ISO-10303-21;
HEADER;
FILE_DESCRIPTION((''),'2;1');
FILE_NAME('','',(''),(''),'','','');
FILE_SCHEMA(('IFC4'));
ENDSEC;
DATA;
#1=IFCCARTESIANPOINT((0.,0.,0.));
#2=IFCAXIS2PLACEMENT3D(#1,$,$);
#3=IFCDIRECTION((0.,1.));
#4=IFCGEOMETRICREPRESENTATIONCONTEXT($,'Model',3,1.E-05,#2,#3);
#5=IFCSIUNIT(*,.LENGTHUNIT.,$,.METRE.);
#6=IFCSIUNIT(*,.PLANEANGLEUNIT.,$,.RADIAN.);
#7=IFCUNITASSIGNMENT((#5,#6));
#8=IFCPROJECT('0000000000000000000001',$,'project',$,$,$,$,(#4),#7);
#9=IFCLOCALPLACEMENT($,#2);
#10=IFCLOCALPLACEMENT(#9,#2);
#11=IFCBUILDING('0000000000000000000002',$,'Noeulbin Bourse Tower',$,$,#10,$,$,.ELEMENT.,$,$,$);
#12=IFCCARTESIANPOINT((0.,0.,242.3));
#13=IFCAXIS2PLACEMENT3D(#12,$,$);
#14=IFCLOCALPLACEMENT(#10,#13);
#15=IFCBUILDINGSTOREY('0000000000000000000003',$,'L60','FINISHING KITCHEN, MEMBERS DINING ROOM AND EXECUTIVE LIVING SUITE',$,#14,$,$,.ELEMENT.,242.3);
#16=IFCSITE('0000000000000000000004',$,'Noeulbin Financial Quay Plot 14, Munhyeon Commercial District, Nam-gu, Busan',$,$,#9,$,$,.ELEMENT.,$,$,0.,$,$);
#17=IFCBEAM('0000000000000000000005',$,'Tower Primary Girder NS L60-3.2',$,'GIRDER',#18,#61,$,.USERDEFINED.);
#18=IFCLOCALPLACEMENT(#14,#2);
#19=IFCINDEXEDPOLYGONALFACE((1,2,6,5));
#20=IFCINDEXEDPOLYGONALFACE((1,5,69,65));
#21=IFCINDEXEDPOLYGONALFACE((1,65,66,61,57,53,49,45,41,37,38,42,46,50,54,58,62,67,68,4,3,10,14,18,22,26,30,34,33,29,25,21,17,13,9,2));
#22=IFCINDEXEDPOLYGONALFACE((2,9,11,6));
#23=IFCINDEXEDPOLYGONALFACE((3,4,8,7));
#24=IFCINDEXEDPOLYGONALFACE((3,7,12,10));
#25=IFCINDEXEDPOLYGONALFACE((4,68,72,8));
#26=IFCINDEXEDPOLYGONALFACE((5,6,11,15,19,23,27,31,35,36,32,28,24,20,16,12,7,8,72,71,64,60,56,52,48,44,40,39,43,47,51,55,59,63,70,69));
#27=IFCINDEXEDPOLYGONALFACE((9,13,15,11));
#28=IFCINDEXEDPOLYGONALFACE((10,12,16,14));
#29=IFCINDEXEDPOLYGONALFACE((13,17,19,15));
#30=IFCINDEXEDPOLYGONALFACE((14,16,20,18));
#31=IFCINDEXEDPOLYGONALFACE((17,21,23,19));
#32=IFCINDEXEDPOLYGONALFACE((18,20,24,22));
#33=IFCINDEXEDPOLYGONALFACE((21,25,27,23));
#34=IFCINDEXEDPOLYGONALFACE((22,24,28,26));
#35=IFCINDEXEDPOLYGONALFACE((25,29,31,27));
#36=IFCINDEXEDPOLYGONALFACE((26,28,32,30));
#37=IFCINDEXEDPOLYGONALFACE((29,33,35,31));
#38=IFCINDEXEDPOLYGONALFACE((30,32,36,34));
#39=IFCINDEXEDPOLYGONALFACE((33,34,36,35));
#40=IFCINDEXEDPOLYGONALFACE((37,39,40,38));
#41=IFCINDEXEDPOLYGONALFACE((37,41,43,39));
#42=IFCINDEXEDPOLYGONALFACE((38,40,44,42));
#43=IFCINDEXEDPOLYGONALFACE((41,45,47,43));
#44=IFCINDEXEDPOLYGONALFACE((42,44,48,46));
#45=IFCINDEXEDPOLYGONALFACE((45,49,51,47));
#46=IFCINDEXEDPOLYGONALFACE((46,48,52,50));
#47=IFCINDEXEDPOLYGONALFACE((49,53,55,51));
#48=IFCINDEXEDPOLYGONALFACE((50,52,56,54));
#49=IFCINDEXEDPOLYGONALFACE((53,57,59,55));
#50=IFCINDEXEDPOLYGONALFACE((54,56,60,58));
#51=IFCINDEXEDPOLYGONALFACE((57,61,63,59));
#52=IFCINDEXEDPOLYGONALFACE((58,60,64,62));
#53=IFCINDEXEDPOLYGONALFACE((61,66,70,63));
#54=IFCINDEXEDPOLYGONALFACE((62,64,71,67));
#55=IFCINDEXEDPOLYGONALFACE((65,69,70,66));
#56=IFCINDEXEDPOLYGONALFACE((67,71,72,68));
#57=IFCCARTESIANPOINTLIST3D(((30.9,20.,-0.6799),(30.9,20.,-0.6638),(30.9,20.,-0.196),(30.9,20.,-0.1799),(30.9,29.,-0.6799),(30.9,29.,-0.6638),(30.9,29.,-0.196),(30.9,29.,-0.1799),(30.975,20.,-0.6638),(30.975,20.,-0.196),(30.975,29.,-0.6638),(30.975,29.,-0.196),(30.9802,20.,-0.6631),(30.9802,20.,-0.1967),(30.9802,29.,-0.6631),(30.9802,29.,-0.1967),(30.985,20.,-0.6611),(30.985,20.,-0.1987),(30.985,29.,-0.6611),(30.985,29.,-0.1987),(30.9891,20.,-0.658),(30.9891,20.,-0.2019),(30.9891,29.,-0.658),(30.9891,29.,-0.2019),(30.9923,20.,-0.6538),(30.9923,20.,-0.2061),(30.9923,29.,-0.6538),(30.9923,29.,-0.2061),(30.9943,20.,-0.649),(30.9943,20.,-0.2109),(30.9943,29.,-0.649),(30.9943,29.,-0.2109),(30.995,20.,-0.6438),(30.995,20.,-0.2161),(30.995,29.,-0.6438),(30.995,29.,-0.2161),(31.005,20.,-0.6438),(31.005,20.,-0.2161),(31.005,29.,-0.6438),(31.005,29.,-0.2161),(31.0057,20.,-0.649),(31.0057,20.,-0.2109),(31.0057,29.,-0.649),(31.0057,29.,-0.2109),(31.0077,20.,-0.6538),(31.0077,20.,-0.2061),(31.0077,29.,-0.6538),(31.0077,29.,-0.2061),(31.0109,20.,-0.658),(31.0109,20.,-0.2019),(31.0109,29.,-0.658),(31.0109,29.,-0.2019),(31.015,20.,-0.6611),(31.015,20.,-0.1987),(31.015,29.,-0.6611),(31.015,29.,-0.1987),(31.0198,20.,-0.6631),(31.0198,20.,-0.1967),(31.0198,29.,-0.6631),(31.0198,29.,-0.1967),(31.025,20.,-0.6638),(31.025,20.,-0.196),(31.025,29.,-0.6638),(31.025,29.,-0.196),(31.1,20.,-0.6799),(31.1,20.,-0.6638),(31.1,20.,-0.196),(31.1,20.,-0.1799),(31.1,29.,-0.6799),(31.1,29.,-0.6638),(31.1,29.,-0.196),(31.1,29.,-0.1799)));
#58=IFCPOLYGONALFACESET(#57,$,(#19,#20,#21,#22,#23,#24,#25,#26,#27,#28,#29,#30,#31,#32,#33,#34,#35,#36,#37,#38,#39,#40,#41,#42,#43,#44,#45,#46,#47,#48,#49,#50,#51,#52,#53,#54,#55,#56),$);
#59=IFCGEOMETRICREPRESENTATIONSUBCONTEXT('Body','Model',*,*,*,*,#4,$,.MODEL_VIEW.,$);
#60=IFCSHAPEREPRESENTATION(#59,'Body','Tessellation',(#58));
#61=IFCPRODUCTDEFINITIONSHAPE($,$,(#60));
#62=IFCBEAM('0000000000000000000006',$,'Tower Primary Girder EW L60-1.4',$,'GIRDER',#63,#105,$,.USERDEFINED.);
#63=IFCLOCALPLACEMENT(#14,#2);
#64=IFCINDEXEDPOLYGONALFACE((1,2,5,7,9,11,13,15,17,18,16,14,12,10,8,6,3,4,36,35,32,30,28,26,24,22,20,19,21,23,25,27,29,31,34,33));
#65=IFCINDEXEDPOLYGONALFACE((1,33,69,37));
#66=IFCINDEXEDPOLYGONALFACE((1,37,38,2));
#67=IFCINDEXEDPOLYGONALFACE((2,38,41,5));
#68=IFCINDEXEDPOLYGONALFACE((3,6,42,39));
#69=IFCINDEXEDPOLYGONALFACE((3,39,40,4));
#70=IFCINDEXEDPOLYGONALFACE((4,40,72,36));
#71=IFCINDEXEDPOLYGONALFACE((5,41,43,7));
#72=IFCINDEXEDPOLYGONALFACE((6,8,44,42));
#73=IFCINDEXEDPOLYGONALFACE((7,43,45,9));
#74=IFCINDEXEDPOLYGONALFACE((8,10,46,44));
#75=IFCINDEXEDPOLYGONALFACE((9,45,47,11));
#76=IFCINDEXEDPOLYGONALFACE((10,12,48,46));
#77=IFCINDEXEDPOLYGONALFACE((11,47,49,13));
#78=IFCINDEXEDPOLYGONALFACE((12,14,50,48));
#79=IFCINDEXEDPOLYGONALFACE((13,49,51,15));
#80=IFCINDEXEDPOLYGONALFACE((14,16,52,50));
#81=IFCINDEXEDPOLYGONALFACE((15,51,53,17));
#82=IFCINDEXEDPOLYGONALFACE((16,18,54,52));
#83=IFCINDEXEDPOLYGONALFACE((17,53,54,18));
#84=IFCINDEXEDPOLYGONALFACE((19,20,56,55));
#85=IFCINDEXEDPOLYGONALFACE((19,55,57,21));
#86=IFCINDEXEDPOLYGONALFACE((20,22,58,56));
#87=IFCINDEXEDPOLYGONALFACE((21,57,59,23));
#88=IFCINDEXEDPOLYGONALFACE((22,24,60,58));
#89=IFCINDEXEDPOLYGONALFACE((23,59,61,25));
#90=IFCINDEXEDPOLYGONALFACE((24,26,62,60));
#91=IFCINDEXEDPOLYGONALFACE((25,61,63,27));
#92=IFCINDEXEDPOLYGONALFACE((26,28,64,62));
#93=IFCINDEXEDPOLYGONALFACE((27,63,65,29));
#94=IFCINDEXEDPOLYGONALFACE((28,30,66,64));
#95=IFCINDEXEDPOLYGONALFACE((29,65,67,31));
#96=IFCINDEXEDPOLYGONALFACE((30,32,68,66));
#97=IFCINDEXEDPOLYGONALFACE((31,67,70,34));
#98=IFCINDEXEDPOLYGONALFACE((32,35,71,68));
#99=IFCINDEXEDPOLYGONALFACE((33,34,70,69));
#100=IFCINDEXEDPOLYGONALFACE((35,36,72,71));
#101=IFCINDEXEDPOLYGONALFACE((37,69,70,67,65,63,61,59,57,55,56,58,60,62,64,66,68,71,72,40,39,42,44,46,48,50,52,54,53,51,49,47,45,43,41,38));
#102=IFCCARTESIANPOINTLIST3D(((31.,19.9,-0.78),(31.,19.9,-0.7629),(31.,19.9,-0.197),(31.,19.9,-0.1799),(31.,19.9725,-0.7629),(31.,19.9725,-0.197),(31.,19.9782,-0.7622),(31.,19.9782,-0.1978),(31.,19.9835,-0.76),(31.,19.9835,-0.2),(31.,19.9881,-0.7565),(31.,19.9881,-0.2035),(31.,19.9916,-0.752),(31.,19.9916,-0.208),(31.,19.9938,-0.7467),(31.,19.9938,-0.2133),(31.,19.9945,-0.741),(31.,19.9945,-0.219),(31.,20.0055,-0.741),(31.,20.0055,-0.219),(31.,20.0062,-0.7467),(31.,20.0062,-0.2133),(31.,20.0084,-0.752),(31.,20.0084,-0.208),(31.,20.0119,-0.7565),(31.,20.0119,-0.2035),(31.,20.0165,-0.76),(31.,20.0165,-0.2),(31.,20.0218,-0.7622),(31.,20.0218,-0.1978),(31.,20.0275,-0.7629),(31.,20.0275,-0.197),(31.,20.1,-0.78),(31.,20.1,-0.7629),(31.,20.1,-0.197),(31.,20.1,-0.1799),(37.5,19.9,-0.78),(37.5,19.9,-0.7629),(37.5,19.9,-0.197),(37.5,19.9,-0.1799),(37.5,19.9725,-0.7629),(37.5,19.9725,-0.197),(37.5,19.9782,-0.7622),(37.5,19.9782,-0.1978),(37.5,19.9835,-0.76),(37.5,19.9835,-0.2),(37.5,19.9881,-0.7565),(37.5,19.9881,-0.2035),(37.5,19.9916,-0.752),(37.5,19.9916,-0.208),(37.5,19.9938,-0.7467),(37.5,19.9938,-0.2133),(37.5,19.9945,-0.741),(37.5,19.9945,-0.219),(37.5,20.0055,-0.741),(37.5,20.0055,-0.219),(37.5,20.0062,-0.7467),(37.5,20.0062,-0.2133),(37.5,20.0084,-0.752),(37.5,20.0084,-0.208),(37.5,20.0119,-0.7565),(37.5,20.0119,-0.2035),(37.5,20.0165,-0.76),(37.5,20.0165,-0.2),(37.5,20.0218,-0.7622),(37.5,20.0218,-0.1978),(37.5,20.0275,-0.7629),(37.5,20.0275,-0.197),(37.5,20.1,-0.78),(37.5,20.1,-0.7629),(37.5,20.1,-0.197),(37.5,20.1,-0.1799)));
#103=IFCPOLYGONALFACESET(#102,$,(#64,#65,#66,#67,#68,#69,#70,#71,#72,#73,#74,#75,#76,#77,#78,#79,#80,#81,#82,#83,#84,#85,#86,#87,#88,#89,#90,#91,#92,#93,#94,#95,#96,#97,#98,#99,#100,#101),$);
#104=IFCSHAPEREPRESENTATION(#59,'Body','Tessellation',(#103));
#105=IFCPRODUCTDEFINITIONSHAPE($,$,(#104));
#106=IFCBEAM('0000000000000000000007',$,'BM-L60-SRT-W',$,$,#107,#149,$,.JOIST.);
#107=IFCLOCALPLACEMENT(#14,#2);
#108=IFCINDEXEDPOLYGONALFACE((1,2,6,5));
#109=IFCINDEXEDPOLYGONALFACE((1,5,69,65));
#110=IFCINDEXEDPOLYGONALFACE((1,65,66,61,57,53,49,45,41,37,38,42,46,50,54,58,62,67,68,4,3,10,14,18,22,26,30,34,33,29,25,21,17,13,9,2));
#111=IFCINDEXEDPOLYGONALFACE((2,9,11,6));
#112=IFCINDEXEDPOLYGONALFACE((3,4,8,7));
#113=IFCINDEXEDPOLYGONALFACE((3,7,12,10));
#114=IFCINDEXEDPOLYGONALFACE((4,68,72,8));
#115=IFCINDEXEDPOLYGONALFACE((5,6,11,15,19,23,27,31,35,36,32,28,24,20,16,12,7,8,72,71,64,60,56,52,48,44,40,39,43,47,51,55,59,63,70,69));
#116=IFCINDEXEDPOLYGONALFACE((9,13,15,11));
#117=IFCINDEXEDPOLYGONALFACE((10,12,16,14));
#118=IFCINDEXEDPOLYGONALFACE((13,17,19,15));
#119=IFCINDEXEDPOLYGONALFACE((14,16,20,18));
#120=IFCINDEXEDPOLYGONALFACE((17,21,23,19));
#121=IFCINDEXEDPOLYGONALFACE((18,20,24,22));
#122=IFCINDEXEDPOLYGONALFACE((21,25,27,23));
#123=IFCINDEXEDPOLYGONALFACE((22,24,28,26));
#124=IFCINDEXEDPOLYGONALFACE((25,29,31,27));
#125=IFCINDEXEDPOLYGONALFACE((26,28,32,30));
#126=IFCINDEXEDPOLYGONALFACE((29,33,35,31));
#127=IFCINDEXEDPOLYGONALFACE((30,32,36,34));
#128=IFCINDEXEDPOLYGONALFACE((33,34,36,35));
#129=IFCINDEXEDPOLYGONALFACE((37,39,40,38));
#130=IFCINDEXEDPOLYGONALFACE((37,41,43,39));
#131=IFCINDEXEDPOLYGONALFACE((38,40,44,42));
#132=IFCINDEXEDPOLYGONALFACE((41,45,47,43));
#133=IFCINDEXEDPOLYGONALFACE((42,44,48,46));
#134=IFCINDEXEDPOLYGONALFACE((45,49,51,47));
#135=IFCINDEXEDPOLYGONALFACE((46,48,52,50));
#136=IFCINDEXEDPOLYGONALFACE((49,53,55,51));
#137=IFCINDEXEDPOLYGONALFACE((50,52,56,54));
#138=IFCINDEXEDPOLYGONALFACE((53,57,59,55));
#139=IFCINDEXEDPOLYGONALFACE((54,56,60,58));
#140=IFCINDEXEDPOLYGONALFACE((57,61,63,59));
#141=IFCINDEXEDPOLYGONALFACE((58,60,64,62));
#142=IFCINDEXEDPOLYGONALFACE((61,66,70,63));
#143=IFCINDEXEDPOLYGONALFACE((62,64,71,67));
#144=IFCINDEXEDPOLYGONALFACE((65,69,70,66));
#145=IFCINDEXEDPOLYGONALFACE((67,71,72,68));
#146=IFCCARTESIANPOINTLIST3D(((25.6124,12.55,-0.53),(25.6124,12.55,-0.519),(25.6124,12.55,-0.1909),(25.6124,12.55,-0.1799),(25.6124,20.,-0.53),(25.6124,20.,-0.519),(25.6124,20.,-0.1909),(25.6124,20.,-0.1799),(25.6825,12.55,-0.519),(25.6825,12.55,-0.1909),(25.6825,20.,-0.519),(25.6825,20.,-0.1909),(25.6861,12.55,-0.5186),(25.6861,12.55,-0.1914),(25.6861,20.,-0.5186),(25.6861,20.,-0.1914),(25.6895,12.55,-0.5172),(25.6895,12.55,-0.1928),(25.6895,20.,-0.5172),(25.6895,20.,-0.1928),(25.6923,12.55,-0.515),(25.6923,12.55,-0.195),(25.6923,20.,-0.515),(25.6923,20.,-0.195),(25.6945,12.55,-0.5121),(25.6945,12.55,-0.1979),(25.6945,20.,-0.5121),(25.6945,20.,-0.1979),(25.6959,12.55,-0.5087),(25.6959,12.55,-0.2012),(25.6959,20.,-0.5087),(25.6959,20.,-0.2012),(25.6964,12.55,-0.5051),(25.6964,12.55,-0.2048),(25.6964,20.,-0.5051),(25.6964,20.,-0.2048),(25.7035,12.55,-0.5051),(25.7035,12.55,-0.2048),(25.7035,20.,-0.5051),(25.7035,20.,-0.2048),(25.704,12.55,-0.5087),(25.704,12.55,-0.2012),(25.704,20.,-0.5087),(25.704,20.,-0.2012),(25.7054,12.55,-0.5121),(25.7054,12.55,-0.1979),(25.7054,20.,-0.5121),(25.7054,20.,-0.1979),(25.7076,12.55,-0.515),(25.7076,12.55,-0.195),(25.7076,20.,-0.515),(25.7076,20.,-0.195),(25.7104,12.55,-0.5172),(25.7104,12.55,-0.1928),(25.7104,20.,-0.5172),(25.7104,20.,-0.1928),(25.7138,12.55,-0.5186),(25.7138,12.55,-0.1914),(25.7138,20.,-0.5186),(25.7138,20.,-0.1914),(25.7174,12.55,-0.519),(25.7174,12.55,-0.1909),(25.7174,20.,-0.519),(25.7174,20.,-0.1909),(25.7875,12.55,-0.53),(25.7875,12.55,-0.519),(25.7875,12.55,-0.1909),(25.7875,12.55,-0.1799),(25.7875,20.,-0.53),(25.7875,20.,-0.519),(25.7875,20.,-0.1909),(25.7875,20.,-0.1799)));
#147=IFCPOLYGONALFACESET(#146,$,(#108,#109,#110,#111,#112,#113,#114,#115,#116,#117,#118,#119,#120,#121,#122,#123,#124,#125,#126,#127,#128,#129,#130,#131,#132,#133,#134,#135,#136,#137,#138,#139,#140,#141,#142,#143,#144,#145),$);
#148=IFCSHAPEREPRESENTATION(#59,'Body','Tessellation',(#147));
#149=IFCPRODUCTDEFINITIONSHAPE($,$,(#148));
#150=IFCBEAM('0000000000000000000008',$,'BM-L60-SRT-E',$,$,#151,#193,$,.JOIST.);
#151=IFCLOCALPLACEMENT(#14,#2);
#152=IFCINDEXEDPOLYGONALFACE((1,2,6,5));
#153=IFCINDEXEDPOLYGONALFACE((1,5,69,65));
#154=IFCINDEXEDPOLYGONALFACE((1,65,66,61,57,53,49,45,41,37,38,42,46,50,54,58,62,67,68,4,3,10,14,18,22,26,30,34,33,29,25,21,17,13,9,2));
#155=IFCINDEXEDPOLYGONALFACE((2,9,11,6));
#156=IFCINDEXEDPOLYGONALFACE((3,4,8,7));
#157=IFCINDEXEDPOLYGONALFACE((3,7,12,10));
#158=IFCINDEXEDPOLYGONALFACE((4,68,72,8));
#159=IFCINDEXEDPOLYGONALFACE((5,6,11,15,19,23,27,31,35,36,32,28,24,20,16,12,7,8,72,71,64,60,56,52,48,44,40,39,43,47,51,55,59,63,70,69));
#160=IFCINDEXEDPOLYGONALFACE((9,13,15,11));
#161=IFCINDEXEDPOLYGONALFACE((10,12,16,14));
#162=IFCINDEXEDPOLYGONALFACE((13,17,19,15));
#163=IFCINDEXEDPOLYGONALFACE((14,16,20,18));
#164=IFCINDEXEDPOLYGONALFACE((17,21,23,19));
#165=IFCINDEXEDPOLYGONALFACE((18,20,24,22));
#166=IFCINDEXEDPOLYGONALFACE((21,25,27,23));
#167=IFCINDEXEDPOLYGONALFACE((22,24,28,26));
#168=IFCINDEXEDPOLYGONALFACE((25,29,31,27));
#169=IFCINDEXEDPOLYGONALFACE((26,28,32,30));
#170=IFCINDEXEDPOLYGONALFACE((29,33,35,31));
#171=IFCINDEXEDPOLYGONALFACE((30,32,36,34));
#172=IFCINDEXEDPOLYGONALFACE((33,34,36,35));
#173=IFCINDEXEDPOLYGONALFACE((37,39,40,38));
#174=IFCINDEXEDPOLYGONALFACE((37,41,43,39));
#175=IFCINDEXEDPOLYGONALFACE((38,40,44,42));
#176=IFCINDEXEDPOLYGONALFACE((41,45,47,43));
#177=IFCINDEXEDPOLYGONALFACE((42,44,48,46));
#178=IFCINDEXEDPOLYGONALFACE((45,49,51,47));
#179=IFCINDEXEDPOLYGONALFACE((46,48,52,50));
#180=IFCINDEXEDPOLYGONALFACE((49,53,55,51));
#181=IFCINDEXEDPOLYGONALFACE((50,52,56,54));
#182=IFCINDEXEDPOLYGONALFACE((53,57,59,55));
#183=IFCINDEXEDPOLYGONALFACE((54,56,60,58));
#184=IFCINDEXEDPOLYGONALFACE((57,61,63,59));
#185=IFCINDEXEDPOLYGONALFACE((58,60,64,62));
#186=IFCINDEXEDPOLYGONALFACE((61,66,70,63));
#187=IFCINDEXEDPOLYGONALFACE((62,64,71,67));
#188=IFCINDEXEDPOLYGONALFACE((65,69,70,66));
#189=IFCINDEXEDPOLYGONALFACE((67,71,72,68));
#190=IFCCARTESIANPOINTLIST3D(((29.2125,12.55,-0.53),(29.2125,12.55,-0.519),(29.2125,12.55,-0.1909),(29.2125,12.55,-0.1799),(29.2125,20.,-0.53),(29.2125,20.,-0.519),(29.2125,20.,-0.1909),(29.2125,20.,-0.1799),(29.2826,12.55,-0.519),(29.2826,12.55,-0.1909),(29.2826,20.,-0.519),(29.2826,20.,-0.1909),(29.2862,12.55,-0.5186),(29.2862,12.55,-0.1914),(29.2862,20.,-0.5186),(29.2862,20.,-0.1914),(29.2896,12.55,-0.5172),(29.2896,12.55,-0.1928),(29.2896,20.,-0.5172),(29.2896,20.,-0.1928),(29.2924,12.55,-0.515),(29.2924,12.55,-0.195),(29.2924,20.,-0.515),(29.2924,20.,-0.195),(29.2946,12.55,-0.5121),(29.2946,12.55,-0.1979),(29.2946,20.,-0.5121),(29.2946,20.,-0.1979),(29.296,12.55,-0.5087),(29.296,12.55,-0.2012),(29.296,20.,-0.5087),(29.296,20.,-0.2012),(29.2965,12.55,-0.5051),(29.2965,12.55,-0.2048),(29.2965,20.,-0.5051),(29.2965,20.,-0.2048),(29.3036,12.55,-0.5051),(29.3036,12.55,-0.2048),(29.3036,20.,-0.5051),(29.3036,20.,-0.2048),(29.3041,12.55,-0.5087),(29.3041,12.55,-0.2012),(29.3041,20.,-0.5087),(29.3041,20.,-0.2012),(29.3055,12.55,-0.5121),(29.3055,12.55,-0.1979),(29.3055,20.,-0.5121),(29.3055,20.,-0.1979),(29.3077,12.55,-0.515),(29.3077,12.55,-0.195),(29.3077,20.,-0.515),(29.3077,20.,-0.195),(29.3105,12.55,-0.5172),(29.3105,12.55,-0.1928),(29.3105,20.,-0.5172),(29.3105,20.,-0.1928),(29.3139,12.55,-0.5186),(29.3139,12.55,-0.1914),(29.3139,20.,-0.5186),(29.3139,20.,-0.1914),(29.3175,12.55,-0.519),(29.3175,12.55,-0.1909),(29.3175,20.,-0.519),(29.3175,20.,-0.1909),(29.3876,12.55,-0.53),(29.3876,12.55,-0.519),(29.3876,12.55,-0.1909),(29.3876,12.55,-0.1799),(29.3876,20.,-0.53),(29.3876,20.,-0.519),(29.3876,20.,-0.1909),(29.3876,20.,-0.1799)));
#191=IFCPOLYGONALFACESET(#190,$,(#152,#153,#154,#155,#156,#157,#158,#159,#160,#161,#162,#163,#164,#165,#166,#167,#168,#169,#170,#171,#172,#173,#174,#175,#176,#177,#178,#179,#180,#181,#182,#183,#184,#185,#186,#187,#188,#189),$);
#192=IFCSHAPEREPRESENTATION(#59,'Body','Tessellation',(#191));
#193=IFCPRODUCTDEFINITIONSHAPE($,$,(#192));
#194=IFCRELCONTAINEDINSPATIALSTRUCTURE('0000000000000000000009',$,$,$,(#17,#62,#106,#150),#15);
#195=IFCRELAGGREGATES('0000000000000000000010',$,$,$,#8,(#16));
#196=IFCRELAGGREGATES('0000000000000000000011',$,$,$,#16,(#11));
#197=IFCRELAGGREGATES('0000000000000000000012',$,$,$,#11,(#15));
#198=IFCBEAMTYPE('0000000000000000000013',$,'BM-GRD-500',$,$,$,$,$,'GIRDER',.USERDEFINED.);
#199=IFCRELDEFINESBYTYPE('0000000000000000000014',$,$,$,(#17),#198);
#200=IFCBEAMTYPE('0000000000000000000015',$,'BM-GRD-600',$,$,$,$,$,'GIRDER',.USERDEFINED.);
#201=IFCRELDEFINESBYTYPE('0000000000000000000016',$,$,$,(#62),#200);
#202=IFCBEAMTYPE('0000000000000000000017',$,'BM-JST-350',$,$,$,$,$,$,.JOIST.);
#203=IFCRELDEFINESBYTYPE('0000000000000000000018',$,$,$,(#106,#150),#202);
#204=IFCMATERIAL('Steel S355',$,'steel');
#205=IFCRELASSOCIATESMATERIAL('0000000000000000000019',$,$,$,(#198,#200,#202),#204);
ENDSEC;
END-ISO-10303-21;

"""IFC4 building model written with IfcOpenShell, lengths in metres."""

from ifc_helpers import new_model, si_unit, direction, frame, origin, origin_2d, place, context, subcontext, project, spatial, i_section, extrude, material, material_profile, profile_set, type_object, element, save


model = new_model("IFC4")

# Units and contexts
model_context = context("Model", 3, precision=1e-05, world=origin(), true_north=direction((0.0, 1.0)))
body_context = subcontext(model_context, "Body", "Model", "MODEL_VIEW")
ifc_project = project(units=[si_unit("LENGTHUNIT", "METRE"), si_unit("PLANEANGLEUNIT", "RADIAN")], contexts=[model_context])

# Site, building, storey
site_placement = place(None, origin())
site = spatial("IfcSite", under=ifc_project, at=site_placement, Name="Noeulbin Financial Quay Plot 14, Munhyeon Commercial District, Nam-gu, Busan", CompositionType="ELEMENT", RefElevation=0.0)
building_placement = place(site_placement, origin())
building = spatial("IfcBuilding", under=site, at=building_placement, Name="Noeulbin Bourse Tower", CompositionType="ELEMENT")
storey_placement = place(building_placement, frame((0.0, 0.0, 242.3)))
storey = spatial("IfcBuildingStorey", under=building, at=storey_placement, Name="L60", Description="FINISHING KITCHEN, MEMBERS DINING ROOM AND EXECUTIVE LIVING SUITE", CompositionType="ELEMENT", Elevation=242.3)

# Shared definitions
ifc_material_1 = material(Name="Steel S355", Category="steel")

# Beams
ifc_material_profile_1 = material_profile(ifc_material_1, i_section(OverallWidth=0.2, OverallDepth=0.5, WebThickness=0.01, FlangeThickness=0.0161, FilletRadius=0.02, at=origin_2d()), Name="H-500x200x10x16", Category="LoadBearing")
ifc_profile_set_1 = profile_set([ifc_material_profile_1], Name="Steel S355")
beam_type_1 = type_object("IfcBeamType", Name="BM-GRD-500", ElementType="GIRDER", PredefinedType="USERDEFINED", material=ifc_profile_set_1)
beam_1_placement = place(storey_placement, frame((31.0, 20.0, -0.4299), z_axis=(0.0, 1.0, 0.0), x_axis=(-1.0, 0.0, 0.0)))
element("IfcBeam", 1, at=beam_1_placement, inside=storey, type_object=beam_type_1, Name="Tower Primary Girder NS L60-3.2", ObjectType="GIRDER", PredefinedType="USERDEFINED", context=body_context, shape_type="SweptSolid", body=[
    extrude(i_section(OverallWidth=0.2, OverallDepth=0.5, WebThickness=0.01, FlangeThickness=0.0161, FilletRadius=0.02, at=origin_2d()), origin(), (0.0, 0.0, 1.0), 9.0),
])
ifc_material_profile_2 = material_profile(ifc_material_1, i_section(OverallWidth=0.2, OverallDepth=0.6001, WebThickness=0.011, FlangeThickness=0.0171, FilletRadius=0.022, at=origin_2d()), Name="H-600x200x11x17", Category="LoadBearing")
ifc_profile_set_2 = profile_set([ifc_material_profile_2], Name="Steel S355")
beam_type_2 = type_object("IfcBeamType", Name="BM-GRD-600", ElementType="GIRDER", PredefinedType="USERDEFINED", material=ifc_profile_set_2)
beam_2_placement = place(storey_placement, frame((31.0, 20.0, -0.48), z_axis=(1.0, 0.0, 0.0), x_axis=(0.0, 1.0, 0.0)))
element("IfcBeam", 2, at=beam_2_placement, inside=storey, type_object=beam_type_2, Name="Tower Primary Girder EW L60-1.4", ObjectType="GIRDER", PredefinedType="USERDEFINED", context=body_context, shape_type="SweptSolid", body=[
    extrude(i_section(OverallWidth=0.2, OverallDepth=0.6001, WebThickness=0.011, FlangeThickness=0.0171, FilletRadius=0.022, at=origin_2d()), origin(), (0.0, 0.0, 1.0), 6.5),
])
ifc_material_profile_3 = material_profile(ifc_material_1, i_section(OverallWidth=0.175, OverallDepth=0.3501, WebThickness=0.0071, FlangeThickness=0.011, FilletRadius=0.0139, at=origin_2d()), Name="H-350x175x7x11", Category="LoadBearing")
ifc_profile_set_3 = profile_set([ifc_material_profile_3], Name="Steel S355")
beam_type_3 = type_object("IfcBeamType", Name="BM-JST-350", PredefinedType="JOIST", material=ifc_profile_set_3)
for number, where, z_axis, x_axis, name in (
    (3, (25.7, 12.55, -0.355), (0.0, 1.0, 0.0), (-1.0, 0.0, 0.0), "BM-L60-SRT-W"),
    (4, (29.3, 12.55, -0.355), (0.0, 1.0, 0.0), (-1.0, 0.0, 0.0), "BM-L60-SRT-E"),
):
    element("IfcBeam", number, at=place(storey_placement, frame(where, z_axis=z_axis, x_axis=x_axis)), inside=storey, type_object=beam_type_3, Name=name, PredefinedType="JOIST", context=body_context, shape_type="SweptSolid", body=[
        extrude(i_section(OverallWidth=0.175, OverallDepth=0.3501, WebThickness=0.0071, FlangeThickness=0.011, FilletRadius=0.0139, at=origin_2d()), origin(), (0.0, 0.0, 1.0), 7.45),
    ])

save(model, "model.ifc")
